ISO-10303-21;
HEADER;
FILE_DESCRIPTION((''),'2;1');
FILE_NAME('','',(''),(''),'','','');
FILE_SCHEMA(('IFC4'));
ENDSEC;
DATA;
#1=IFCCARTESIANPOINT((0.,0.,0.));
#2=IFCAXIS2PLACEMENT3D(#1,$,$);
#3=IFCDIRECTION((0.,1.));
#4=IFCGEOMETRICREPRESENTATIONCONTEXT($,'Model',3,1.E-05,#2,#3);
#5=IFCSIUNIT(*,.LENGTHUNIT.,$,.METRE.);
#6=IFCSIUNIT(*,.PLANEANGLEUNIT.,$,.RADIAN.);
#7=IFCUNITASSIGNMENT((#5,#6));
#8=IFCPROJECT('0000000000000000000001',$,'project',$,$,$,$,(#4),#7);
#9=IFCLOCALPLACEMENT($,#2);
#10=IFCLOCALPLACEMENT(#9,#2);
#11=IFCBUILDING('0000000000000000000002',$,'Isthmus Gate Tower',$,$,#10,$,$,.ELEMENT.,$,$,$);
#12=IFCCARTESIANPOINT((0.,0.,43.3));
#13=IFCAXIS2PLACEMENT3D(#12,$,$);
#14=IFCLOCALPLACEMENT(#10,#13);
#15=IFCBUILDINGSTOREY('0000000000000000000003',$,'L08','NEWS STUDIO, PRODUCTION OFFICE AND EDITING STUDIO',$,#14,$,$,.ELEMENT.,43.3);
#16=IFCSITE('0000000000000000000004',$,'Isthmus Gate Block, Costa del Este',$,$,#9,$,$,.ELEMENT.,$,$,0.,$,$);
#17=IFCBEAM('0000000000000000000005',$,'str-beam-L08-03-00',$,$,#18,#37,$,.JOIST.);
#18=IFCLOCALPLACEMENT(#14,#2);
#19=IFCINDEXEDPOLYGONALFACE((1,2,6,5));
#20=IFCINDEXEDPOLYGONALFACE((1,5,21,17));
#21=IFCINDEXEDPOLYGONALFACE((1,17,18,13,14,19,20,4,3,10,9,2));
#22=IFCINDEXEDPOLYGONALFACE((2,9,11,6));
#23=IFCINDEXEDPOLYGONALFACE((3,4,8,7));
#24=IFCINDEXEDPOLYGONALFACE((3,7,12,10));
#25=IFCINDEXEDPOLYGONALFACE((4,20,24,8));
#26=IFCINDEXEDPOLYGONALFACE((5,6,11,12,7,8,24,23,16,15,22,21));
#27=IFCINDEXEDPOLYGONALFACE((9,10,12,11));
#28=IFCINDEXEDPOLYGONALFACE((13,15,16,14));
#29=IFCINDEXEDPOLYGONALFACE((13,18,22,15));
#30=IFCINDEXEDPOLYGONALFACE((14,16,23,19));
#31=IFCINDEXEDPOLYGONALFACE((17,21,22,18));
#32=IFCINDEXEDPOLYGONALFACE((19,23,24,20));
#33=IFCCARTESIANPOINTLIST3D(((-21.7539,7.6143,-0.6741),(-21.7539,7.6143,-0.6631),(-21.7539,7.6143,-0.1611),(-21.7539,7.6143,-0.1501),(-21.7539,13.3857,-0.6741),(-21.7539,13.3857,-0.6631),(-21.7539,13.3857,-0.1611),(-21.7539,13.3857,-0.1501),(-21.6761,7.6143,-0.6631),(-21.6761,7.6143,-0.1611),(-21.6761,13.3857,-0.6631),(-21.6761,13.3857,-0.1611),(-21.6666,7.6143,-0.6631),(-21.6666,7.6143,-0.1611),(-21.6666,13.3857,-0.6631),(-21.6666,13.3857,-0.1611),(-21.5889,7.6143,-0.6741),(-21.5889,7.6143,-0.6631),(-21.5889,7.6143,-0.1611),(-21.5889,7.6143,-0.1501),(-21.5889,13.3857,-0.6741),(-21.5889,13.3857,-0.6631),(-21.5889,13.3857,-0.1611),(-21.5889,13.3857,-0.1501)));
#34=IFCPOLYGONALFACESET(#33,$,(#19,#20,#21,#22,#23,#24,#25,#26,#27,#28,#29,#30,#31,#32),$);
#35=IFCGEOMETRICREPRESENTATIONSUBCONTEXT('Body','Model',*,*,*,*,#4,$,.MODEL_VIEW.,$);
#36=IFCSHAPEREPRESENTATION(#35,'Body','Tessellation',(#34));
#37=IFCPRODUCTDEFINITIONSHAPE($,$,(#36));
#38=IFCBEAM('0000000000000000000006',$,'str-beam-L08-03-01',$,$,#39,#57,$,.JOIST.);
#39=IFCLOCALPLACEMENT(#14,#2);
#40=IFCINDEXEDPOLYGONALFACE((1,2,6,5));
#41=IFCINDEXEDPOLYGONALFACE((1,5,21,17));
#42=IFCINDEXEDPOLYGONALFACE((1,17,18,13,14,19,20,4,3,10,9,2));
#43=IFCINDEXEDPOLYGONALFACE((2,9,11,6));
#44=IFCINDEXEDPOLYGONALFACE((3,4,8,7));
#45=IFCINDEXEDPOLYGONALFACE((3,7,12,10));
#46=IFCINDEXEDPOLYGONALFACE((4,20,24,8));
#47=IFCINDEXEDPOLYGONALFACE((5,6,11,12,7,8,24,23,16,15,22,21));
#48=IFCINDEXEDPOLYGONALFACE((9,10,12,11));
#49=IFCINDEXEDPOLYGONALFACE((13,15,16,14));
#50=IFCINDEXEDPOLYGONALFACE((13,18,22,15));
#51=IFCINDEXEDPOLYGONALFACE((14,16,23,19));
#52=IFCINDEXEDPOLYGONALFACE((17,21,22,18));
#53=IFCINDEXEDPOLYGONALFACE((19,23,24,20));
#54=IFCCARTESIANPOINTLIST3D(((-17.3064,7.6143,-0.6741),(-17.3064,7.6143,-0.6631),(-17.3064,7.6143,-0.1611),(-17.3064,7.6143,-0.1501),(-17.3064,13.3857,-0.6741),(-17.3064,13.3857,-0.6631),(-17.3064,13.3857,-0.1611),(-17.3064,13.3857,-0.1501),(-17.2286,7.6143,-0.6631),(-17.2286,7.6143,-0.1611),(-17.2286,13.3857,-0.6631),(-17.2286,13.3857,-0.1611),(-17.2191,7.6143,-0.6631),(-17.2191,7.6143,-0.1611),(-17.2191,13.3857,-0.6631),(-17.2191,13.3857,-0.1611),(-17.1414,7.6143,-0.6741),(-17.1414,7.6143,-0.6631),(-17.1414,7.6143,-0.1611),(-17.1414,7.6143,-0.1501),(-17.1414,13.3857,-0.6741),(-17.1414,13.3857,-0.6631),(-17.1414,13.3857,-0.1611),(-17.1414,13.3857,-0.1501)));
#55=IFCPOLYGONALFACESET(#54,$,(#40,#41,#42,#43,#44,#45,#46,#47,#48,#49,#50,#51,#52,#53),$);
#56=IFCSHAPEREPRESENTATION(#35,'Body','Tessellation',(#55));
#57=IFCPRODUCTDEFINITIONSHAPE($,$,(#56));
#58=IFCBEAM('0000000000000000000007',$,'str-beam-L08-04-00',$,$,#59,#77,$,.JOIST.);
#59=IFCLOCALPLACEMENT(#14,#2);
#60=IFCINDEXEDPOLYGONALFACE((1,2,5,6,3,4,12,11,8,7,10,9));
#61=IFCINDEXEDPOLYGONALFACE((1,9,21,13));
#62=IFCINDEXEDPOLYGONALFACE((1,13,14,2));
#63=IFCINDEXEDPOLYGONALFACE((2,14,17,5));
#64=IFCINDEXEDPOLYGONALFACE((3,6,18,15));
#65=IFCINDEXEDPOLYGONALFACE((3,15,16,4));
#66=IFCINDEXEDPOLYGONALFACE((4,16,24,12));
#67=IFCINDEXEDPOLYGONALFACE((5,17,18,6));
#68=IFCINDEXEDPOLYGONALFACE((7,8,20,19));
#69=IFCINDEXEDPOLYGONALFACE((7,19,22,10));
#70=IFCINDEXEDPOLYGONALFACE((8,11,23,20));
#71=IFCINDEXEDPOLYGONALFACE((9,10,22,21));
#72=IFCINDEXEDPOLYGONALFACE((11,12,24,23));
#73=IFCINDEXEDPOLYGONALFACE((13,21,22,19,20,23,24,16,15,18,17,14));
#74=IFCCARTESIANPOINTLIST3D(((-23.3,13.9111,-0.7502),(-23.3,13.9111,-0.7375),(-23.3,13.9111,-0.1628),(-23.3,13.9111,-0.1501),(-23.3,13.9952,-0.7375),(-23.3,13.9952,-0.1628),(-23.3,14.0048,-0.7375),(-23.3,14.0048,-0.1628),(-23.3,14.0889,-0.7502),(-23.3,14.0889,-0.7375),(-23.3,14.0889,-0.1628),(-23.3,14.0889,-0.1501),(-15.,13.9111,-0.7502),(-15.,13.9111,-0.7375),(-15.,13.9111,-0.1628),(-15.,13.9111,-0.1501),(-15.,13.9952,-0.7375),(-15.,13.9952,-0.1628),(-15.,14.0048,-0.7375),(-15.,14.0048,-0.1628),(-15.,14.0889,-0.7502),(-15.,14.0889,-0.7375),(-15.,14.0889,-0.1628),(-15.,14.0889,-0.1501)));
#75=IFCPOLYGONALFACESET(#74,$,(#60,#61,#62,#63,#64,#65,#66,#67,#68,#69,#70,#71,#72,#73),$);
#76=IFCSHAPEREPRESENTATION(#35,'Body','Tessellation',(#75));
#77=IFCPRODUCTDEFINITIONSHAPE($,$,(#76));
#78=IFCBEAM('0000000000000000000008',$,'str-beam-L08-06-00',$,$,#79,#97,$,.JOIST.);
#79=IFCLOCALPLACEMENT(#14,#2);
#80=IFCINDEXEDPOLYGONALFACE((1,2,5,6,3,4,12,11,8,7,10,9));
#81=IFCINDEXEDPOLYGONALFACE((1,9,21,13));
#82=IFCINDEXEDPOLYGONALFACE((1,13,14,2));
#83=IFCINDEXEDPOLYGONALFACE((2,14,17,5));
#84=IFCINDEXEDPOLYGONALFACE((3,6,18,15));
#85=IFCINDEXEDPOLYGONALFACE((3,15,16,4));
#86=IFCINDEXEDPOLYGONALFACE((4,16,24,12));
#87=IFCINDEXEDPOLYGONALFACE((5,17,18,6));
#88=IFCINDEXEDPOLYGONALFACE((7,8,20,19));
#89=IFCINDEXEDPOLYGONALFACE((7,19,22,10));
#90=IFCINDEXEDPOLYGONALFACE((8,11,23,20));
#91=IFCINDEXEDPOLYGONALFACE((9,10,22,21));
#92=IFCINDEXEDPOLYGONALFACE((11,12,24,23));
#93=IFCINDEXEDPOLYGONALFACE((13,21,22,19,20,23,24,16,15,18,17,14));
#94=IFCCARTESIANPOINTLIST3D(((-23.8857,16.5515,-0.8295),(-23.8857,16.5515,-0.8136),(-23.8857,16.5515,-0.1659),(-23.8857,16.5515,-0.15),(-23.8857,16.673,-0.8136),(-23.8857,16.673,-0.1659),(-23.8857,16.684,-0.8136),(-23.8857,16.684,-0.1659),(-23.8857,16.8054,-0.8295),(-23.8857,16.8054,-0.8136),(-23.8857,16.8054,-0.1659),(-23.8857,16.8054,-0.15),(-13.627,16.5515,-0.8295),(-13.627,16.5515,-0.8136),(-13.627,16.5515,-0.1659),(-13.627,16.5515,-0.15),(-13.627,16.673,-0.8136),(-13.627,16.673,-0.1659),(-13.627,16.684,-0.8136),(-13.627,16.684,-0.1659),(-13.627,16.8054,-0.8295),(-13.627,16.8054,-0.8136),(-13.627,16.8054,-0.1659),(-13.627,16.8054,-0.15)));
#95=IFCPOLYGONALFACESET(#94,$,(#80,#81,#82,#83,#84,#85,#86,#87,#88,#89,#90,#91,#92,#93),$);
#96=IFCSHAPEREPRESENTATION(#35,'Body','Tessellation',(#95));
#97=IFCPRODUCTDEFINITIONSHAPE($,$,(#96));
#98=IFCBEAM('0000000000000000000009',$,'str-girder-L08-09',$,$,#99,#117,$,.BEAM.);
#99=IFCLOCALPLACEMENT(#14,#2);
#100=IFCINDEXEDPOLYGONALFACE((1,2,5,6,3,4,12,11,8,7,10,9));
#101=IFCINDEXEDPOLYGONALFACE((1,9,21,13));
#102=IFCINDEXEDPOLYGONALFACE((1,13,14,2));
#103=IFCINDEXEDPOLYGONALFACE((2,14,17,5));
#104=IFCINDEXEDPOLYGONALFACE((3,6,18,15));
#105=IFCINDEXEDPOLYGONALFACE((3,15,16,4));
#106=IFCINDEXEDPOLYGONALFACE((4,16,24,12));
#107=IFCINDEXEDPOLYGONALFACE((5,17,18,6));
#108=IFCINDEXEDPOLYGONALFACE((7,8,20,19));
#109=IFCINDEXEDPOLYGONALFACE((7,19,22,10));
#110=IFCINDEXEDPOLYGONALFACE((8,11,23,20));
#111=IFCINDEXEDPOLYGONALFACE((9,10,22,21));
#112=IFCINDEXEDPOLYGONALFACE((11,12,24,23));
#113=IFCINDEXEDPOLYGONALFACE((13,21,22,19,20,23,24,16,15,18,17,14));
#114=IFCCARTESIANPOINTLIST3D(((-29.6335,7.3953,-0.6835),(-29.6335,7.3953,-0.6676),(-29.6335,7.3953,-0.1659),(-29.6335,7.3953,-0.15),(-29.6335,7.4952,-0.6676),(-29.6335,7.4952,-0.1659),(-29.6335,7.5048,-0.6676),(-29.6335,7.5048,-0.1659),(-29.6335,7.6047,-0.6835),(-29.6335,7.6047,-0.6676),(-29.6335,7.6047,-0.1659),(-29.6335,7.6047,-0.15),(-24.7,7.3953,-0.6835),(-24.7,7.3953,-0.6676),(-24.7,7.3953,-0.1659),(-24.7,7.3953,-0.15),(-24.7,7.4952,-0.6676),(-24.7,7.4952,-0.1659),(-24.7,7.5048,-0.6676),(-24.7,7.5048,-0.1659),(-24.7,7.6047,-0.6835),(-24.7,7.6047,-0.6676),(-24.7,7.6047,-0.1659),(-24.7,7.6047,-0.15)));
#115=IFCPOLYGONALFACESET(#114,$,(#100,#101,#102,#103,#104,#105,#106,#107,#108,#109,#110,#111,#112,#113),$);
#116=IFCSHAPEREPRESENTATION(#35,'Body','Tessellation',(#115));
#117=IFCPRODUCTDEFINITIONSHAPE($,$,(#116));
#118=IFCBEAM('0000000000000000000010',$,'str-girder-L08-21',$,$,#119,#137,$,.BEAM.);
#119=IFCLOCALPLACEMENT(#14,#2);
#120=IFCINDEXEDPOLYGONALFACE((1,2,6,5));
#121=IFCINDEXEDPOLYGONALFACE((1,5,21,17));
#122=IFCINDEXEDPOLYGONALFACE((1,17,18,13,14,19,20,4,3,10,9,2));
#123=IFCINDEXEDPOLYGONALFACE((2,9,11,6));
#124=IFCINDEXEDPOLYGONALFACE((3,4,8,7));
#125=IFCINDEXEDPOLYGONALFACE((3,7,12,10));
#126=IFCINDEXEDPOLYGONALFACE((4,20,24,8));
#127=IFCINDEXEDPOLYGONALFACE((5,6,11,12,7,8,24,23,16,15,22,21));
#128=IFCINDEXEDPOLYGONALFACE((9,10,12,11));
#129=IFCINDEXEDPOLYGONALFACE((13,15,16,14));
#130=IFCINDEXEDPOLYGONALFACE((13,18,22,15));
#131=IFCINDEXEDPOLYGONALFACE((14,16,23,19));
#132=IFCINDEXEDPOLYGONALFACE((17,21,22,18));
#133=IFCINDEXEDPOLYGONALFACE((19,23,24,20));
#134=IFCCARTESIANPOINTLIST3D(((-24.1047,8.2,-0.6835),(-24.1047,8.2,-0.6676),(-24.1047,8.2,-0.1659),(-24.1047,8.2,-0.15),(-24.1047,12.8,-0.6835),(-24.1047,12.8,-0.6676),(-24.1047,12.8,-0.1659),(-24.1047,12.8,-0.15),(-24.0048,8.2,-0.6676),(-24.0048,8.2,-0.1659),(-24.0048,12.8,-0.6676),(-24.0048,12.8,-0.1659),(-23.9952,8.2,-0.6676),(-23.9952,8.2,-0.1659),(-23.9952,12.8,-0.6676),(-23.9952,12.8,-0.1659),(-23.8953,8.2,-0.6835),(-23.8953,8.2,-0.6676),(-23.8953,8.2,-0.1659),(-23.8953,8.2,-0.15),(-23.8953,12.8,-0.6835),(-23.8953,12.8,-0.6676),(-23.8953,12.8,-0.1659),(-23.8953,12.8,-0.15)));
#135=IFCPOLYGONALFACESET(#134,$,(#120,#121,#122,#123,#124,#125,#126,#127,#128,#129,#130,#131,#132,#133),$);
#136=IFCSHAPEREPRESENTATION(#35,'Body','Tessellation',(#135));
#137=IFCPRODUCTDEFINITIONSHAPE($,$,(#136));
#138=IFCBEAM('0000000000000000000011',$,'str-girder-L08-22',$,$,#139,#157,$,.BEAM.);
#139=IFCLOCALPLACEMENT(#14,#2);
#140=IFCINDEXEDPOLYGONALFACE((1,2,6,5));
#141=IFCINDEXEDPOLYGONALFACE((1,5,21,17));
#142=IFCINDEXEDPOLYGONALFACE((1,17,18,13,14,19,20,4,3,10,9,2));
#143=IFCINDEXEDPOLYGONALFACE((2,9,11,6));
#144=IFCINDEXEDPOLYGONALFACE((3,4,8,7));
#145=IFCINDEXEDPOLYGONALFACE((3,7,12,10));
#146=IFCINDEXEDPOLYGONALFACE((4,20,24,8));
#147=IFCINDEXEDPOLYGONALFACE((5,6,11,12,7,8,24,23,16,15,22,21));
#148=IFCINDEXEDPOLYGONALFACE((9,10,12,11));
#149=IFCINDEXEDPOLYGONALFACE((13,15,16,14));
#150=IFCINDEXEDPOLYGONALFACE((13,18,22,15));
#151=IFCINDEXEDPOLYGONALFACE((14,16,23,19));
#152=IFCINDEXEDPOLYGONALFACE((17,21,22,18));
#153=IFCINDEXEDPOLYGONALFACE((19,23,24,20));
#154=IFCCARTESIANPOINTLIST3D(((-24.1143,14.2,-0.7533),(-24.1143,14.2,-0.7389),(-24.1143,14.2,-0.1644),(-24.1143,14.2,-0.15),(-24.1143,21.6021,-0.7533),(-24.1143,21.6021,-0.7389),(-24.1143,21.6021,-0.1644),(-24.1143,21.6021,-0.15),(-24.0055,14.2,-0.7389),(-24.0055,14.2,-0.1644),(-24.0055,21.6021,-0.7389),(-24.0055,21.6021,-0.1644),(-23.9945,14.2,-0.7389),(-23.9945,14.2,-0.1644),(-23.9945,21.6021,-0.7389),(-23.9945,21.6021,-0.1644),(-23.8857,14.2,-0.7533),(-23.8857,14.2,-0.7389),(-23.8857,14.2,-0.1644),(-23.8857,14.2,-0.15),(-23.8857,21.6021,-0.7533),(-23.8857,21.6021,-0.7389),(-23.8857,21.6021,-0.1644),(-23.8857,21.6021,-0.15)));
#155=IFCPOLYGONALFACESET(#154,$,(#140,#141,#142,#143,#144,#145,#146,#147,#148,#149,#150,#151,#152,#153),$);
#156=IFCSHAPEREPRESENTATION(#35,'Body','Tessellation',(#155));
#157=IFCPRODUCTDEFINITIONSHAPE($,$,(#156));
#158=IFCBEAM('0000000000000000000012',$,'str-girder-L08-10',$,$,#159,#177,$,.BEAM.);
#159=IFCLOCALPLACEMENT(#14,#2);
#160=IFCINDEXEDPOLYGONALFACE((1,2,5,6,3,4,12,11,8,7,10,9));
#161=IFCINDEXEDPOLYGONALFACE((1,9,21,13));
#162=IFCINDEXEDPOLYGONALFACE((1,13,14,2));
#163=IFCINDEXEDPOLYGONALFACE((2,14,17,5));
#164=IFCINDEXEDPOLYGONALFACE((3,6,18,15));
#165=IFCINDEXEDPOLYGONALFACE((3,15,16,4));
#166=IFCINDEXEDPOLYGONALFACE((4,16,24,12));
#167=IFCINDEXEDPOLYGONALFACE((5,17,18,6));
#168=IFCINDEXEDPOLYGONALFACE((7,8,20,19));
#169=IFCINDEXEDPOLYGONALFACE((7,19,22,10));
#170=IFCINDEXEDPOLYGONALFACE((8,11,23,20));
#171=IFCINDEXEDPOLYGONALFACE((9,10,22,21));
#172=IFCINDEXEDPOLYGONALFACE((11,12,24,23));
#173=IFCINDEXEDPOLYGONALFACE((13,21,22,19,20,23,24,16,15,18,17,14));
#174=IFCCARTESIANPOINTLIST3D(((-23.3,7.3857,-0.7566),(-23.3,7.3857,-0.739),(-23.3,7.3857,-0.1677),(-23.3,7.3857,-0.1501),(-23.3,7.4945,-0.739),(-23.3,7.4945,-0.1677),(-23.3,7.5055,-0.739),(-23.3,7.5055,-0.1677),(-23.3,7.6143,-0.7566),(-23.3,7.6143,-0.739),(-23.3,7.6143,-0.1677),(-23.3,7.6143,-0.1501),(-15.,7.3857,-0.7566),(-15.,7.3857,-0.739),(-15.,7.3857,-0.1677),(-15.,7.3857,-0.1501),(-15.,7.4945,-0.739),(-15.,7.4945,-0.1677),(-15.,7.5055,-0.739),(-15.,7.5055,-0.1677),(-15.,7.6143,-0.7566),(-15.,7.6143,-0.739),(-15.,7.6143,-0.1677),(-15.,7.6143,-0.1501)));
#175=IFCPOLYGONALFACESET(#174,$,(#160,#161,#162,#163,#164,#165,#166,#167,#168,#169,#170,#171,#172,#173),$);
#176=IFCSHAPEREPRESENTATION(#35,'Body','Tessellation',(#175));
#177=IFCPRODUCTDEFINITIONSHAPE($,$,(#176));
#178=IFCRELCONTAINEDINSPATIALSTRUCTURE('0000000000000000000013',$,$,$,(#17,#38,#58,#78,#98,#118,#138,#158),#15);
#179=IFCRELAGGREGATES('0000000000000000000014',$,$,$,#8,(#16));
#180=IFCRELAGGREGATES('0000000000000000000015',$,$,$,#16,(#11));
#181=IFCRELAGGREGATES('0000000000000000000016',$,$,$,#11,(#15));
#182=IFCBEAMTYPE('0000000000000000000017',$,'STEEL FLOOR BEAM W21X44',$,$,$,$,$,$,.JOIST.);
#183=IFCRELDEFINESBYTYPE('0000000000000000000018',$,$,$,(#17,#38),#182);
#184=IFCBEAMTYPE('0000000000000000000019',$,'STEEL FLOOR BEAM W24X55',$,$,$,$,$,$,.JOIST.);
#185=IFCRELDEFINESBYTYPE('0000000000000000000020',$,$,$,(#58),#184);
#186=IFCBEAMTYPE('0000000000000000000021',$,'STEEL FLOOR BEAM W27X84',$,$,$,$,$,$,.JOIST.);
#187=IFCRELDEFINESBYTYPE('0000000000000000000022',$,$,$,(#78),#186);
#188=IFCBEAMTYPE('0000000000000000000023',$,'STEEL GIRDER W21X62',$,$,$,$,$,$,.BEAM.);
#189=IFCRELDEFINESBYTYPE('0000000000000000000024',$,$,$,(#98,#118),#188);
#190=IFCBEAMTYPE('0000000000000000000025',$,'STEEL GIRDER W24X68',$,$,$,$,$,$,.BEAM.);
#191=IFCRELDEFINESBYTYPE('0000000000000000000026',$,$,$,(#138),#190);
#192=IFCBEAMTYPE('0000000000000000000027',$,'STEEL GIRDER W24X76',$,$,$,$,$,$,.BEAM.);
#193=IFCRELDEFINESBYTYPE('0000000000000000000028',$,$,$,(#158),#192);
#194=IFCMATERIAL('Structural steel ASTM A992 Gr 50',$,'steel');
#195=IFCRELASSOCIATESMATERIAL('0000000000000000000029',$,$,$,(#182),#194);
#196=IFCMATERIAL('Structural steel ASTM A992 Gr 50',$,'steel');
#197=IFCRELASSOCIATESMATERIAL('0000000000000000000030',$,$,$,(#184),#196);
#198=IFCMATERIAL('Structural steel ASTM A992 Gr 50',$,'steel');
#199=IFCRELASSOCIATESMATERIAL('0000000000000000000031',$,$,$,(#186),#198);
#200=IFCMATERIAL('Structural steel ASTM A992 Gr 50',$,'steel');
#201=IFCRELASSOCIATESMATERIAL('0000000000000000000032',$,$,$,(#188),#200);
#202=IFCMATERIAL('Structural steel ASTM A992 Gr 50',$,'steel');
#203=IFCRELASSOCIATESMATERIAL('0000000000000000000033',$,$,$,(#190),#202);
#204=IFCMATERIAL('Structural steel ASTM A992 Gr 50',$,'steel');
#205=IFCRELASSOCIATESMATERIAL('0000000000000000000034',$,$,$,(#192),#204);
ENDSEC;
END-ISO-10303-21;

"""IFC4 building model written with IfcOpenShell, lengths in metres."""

from ifc_helpers import new_model, si_unit, direction, frame, origin, origin_2d, place, context, subcontext, project, spatial, i_section, extrude, material, material_profile, profile_set, type_object, element, save


model = new_model("IFC4")

# Units and contexts
model_context = context("Model", 3, precision=1e-05, world=origin(), true_north=direction((0.0, 1.0)))
body_context = subcontext(model_context, "Body", "Model", "MODEL_VIEW")
ifc_project = project(units=[si_unit("LENGTHUNIT", "METRE"), si_unit("PLANEANGLEUNIT", "RADIAN")], contexts=[model_context])

# Site, building, storey
site_placement = place(None, origin())
site = spatial("IfcSite", under=ifc_project, at=site_placement, Name="Isthmus Gate Block, Costa del Este", CompositionType="ELEMENT", RefElevation=0.0)
building_placement = place(site_placement, origin())
building = spatial("IfcBuilding", under=site, at=building_placement, Name="Isthmus Gate Tower", CompositionType="ELEMENT")
storey_placement = place(building_placement, frame((0.0, 0.0, 43.3)))
storey = spatial("IfcBuildingStorey", under=building, at=storey_placement, Name="L08", Description="NEWS STUDIO, PRODUCTION OFFICE AND EDITING STUDIO", CompositionType="ELEMENT", Elevation=43.3)

# Beams
ifc_material_1 = material(Name="Structural steel ASTM A992 Gr 50", Category="steel")
ifc_material_profile_1 = material_profile(ifc_material_1, i_section(OverallWidth=0.165, OverallDepth=0.5239, WebThickness=0.0095, FlangeThickness=0.011, at=origin_2d()), Name="W21X44")
ifc_profile_set_1 = profile_set([ifc_material_profile_1], Name="Structural steel ASTM A992 Gr 50")
beam_type_1 = type_object("IfcBeamType", Name="STEEL FLOOR BEAM W21X44", PredefinedType="JOIST", material=ifc_profile_set_1)
for number, where, z_axis, x_axis, name in (
    (1, (-21.6714, 7.6143, -0.4121), (0.0, 1.0, 0.0), (-1.0, 0.0, 0.0), "str-beam-L08-03-00"),
    (2, (-17.2239, 7.6143, -0.4121), (0.0, 1.0, 0.0), (-1.0, 0.0, 0.0), "str-beam-L08-03-01"),
):
    element("IfcBeam", number, at=place(storey_placement, frame(where, z_axis=z_axis, x_axis=x_axis)), inside=storey, type_object=beam_type_1, Name=name, PredefinedType="JOIST", context=body_context, shape_type="SweptSolid", body=[
        extrude(i_section(OverallWidth=0.165, OverallDepth=0.5239, WebThickness=0.0095, FlangeThickness=0.011, at=origin_2d()), origin(), (0.0, 0.0, 1.0), 5.7715),
    ])
ifc_material_2 = material(Name="Structural steel ASTM A992 Gr 50", Category="steel")
ifc_material_profile_2 = material_profile(ifc_material_2, i_section(OverallWidth=0.1777, OverallDepth=0.6001, WebThickness=0.0095, FlangeThickness=0.0127, at=origin_2d()), Name="W24X55")
ifc_profile_set_2 = profile_set([ifc_material_profile_2], Name="Structural steel ASTM A992 Gr 50")
beam_type_2 = type_object("IfcBeamType", Name="STEEL FLOOR BEAM W24X55", PredefinedType="JOIST", material=ifc_profile_set_2)
beam_1_placement = place(storey_placement, frame((-23.3, 14.0, -0.4502), z_axis=(1.0, 0.0, 0.0), x_axis=(0.0, 1.0, 0.0)))
element("IfcBeam", 3, at=beam_1_placement, inside=storey, type_object=beam_type_2, Name="str-beam-L08-04-00", PredefinedType="JOIST", context=body_context, shape_type="SweptSolid", body=[
    extrude(i_section(OverallWidth=0.1777, OverallDepth=0.6001, WebThickness=0.0095, FlangeThickness=0.0127, at=origin_2d()), origin(), (0.0, 0.0, 1.0), 8.3),
])
ifc_material_3 = material(Name="Structural steel ASTM A992 Gr 50", Category="steel")
ifc_material_profile_3 = material_profile(ifc_material_3, i_section(OverallWidth=0.2539, OverallDepth=0.6794, WebThickness=0.011, FlangeThickness=0.0159, at=origin_2d()), Name="W27X84")
ifc_profile_set_3 = profile_set([ifc_material_profile_3], Name="Structural steel ASTM A992 Gr 50")
beam_type_3 = type_object("IfcBeamType", Name="STEEL FLOOR BEAM W27X84", PredefinedType="JOIST", material=ifc_profile_set_3)
beam_2_placement = place(storey_placement, frame((-23.8857, 16.6785, -0.4897), z_axis=(1.0, 0.0, 0.0), x_axis=(0.0, 1.0, 0.0)))
element("IfcBeam", 4, at=beam_2_placement, inside=storey, type_object=beam_type_3, Name="str-beam-L08-06-00", PredefinedType="JOIST", context=body_context, shape_type="SweptSolid", body=[
    extrude(i_section(OverallWidth=0.2539, OverallDepth=0.6794, WebThickness=0.011, FlangeThickness=0.0159, at=origin_2d()), origin(), (0.0, 0.0, 1.0), 10.2588),
])
ifc_material_4 = material(Name="Structural steel ASTM A992 Gr 50", Category="steel")
ifc_material_profile_4 = material_profile(ifc_material_4, i_section(OverallWidth=0.2095, OverallDepth=0.5334, WebThickness=0.0095, FlangeThickness=0.0159, at=origin_2d()), Name="W21X62")
ifc_profile_set_4 = profile_set([ifc_material_profile_4], Name="Structural steel ASTM A992 Gr 50")
beam_type_4 = type_object("IfcBeamType", Name="STEEL GIRDER W21X62", PredefinedType="BEAM", material=ifc_profile_set_4)
beam_3_placement = place(storey_placement, frame((-29.6335, 7.5, -0.4167), z_axis=(1.0, 0.0, 0.0), x_axis=(0.0, 1.0, 0.0)))
element("IfcBeam", 5, at=beam_3_placement, inside=storey, type_object=beam_type_4, Name="str-girder-L08-09", PredefinedType="BEAM", context=body_context, shape_type="SweptSolid", body=[
    extrude(i_section(OverallWidth=0.2095, OverallDepth=0.5334, WebThickness=0.0095, FlangeThickness=0.0159, at=origin_2d()), origin(), (0.0, 0.0, 1.0), 4.9336),
])
beam_4_placement = place(storey_placement, frame((-24.0, 8.2, -0.4167), z_axis=(0.0, 1.0, 0.0), x_axis=(-1.0, 0.0, 0.0)))
element("IfcBeam", 6, at=beam_4_placement, inside=storey, type_object=beam_type_4, Name="str-girder-L08-21", PredefinedType="BEAM", context=body_context, shape_type="SweptSolid", body=[
    extrude(i_section(OverallWidth=0.2095, OverallDepth=0.5334, WebThickness=0.0095, FlangeThickness=0.0159, at=origin_2d()), origin(), (0.0, 0.0, 1.0), 4.6001),
])
ifc_material_5 = material(Name="Structural steel ASTM A992 Gr 50", Category="steel")
ifc_material_profile_5 = material_profile(ifc_material_5, i_section(OverallWidth=0.2285, OverallDepth=0.6033, WebThickness=0.011, FlangeThickness=0.0144, at=origin_2d()), Name="W24X68")
ifc_profile_set_5 = profile_set([ifc_material_profile_5], Name="Structural steel ASTM A992 Gr 50")
beam_type_5 = type_object("IfcBeamType", Name="STEEL GIRDER W24X68", PredefinedType="BEAM", material=ifc_profile_set_5)
beam_5_placement = place(storey_placement, frame((-24.0, 14.2, -0.4517), z_axis=(0.0, 1.0, 0.0), x_axis=(-1.0, 0.0, 0.0)))
element("IfcBeam", 7, at=beam_5_placement, inside=storey, type_object=beam_type_5, Name="str-girder-L08-22", PredefinedType="BEAM", context=body_context, shape_type="SweptSolid", body=[
    extrude(i_section(OverallWidth=0.2285, OverallDepth=0.6033, WebThickness=0.011, FlangeThickness=0.0144, at=origin_2d()), origin(), (0.0, 0.0, 1.0), 7.4021),
])
ifc_material_6 = material(Name="Structural steel ASTM A992 Gr 50", Category="steel")
ifc_material_profile_6 = material_profile(ifc_material_6, i_section(OverallWidth=0.2285, OverallDepth=0.6064, WebThickness=0.011, FlangeThickness=0.0176, at=origin_2d()), Name="W24X76")
ifc_profile_set_6 = profile_set([ifc_material_profile_6], Name="Structural steel ASTM A992 Gr 50")
beam_type_6 = type_object("IfcBeamType", Name="STEEL GIRDER W24X76", PredefinedType="BEAM", material=ifc_profile_set_6)
for number, where, z_axis, x_axis, name in (
    (8, (-23.3, 7.5, -0.4534), (1.0, 0.0, 0.0), (0.0, 1.0, 0.0), "str-girder-L08-10"),
):
    element("IfcBeam", number, at=place(storey_placement, frame(where, z_axis=z_axis, x_axis=x_axis)), inside=storey, type_object=beam_type_6, Name=name, PredefinedType="BEAM", context=body_context, shape_type="SweptSolid", body=[
        extrude(i_section(OverallWidth=0.2285, OverallDepth=0.6064, WebThickness=0.011, FlangeThickness=0.0176, at=origin_2d()), origin(), (0.0, 0.0, 1.0), 8.3),
    ])

save(model, "model.ifc")
